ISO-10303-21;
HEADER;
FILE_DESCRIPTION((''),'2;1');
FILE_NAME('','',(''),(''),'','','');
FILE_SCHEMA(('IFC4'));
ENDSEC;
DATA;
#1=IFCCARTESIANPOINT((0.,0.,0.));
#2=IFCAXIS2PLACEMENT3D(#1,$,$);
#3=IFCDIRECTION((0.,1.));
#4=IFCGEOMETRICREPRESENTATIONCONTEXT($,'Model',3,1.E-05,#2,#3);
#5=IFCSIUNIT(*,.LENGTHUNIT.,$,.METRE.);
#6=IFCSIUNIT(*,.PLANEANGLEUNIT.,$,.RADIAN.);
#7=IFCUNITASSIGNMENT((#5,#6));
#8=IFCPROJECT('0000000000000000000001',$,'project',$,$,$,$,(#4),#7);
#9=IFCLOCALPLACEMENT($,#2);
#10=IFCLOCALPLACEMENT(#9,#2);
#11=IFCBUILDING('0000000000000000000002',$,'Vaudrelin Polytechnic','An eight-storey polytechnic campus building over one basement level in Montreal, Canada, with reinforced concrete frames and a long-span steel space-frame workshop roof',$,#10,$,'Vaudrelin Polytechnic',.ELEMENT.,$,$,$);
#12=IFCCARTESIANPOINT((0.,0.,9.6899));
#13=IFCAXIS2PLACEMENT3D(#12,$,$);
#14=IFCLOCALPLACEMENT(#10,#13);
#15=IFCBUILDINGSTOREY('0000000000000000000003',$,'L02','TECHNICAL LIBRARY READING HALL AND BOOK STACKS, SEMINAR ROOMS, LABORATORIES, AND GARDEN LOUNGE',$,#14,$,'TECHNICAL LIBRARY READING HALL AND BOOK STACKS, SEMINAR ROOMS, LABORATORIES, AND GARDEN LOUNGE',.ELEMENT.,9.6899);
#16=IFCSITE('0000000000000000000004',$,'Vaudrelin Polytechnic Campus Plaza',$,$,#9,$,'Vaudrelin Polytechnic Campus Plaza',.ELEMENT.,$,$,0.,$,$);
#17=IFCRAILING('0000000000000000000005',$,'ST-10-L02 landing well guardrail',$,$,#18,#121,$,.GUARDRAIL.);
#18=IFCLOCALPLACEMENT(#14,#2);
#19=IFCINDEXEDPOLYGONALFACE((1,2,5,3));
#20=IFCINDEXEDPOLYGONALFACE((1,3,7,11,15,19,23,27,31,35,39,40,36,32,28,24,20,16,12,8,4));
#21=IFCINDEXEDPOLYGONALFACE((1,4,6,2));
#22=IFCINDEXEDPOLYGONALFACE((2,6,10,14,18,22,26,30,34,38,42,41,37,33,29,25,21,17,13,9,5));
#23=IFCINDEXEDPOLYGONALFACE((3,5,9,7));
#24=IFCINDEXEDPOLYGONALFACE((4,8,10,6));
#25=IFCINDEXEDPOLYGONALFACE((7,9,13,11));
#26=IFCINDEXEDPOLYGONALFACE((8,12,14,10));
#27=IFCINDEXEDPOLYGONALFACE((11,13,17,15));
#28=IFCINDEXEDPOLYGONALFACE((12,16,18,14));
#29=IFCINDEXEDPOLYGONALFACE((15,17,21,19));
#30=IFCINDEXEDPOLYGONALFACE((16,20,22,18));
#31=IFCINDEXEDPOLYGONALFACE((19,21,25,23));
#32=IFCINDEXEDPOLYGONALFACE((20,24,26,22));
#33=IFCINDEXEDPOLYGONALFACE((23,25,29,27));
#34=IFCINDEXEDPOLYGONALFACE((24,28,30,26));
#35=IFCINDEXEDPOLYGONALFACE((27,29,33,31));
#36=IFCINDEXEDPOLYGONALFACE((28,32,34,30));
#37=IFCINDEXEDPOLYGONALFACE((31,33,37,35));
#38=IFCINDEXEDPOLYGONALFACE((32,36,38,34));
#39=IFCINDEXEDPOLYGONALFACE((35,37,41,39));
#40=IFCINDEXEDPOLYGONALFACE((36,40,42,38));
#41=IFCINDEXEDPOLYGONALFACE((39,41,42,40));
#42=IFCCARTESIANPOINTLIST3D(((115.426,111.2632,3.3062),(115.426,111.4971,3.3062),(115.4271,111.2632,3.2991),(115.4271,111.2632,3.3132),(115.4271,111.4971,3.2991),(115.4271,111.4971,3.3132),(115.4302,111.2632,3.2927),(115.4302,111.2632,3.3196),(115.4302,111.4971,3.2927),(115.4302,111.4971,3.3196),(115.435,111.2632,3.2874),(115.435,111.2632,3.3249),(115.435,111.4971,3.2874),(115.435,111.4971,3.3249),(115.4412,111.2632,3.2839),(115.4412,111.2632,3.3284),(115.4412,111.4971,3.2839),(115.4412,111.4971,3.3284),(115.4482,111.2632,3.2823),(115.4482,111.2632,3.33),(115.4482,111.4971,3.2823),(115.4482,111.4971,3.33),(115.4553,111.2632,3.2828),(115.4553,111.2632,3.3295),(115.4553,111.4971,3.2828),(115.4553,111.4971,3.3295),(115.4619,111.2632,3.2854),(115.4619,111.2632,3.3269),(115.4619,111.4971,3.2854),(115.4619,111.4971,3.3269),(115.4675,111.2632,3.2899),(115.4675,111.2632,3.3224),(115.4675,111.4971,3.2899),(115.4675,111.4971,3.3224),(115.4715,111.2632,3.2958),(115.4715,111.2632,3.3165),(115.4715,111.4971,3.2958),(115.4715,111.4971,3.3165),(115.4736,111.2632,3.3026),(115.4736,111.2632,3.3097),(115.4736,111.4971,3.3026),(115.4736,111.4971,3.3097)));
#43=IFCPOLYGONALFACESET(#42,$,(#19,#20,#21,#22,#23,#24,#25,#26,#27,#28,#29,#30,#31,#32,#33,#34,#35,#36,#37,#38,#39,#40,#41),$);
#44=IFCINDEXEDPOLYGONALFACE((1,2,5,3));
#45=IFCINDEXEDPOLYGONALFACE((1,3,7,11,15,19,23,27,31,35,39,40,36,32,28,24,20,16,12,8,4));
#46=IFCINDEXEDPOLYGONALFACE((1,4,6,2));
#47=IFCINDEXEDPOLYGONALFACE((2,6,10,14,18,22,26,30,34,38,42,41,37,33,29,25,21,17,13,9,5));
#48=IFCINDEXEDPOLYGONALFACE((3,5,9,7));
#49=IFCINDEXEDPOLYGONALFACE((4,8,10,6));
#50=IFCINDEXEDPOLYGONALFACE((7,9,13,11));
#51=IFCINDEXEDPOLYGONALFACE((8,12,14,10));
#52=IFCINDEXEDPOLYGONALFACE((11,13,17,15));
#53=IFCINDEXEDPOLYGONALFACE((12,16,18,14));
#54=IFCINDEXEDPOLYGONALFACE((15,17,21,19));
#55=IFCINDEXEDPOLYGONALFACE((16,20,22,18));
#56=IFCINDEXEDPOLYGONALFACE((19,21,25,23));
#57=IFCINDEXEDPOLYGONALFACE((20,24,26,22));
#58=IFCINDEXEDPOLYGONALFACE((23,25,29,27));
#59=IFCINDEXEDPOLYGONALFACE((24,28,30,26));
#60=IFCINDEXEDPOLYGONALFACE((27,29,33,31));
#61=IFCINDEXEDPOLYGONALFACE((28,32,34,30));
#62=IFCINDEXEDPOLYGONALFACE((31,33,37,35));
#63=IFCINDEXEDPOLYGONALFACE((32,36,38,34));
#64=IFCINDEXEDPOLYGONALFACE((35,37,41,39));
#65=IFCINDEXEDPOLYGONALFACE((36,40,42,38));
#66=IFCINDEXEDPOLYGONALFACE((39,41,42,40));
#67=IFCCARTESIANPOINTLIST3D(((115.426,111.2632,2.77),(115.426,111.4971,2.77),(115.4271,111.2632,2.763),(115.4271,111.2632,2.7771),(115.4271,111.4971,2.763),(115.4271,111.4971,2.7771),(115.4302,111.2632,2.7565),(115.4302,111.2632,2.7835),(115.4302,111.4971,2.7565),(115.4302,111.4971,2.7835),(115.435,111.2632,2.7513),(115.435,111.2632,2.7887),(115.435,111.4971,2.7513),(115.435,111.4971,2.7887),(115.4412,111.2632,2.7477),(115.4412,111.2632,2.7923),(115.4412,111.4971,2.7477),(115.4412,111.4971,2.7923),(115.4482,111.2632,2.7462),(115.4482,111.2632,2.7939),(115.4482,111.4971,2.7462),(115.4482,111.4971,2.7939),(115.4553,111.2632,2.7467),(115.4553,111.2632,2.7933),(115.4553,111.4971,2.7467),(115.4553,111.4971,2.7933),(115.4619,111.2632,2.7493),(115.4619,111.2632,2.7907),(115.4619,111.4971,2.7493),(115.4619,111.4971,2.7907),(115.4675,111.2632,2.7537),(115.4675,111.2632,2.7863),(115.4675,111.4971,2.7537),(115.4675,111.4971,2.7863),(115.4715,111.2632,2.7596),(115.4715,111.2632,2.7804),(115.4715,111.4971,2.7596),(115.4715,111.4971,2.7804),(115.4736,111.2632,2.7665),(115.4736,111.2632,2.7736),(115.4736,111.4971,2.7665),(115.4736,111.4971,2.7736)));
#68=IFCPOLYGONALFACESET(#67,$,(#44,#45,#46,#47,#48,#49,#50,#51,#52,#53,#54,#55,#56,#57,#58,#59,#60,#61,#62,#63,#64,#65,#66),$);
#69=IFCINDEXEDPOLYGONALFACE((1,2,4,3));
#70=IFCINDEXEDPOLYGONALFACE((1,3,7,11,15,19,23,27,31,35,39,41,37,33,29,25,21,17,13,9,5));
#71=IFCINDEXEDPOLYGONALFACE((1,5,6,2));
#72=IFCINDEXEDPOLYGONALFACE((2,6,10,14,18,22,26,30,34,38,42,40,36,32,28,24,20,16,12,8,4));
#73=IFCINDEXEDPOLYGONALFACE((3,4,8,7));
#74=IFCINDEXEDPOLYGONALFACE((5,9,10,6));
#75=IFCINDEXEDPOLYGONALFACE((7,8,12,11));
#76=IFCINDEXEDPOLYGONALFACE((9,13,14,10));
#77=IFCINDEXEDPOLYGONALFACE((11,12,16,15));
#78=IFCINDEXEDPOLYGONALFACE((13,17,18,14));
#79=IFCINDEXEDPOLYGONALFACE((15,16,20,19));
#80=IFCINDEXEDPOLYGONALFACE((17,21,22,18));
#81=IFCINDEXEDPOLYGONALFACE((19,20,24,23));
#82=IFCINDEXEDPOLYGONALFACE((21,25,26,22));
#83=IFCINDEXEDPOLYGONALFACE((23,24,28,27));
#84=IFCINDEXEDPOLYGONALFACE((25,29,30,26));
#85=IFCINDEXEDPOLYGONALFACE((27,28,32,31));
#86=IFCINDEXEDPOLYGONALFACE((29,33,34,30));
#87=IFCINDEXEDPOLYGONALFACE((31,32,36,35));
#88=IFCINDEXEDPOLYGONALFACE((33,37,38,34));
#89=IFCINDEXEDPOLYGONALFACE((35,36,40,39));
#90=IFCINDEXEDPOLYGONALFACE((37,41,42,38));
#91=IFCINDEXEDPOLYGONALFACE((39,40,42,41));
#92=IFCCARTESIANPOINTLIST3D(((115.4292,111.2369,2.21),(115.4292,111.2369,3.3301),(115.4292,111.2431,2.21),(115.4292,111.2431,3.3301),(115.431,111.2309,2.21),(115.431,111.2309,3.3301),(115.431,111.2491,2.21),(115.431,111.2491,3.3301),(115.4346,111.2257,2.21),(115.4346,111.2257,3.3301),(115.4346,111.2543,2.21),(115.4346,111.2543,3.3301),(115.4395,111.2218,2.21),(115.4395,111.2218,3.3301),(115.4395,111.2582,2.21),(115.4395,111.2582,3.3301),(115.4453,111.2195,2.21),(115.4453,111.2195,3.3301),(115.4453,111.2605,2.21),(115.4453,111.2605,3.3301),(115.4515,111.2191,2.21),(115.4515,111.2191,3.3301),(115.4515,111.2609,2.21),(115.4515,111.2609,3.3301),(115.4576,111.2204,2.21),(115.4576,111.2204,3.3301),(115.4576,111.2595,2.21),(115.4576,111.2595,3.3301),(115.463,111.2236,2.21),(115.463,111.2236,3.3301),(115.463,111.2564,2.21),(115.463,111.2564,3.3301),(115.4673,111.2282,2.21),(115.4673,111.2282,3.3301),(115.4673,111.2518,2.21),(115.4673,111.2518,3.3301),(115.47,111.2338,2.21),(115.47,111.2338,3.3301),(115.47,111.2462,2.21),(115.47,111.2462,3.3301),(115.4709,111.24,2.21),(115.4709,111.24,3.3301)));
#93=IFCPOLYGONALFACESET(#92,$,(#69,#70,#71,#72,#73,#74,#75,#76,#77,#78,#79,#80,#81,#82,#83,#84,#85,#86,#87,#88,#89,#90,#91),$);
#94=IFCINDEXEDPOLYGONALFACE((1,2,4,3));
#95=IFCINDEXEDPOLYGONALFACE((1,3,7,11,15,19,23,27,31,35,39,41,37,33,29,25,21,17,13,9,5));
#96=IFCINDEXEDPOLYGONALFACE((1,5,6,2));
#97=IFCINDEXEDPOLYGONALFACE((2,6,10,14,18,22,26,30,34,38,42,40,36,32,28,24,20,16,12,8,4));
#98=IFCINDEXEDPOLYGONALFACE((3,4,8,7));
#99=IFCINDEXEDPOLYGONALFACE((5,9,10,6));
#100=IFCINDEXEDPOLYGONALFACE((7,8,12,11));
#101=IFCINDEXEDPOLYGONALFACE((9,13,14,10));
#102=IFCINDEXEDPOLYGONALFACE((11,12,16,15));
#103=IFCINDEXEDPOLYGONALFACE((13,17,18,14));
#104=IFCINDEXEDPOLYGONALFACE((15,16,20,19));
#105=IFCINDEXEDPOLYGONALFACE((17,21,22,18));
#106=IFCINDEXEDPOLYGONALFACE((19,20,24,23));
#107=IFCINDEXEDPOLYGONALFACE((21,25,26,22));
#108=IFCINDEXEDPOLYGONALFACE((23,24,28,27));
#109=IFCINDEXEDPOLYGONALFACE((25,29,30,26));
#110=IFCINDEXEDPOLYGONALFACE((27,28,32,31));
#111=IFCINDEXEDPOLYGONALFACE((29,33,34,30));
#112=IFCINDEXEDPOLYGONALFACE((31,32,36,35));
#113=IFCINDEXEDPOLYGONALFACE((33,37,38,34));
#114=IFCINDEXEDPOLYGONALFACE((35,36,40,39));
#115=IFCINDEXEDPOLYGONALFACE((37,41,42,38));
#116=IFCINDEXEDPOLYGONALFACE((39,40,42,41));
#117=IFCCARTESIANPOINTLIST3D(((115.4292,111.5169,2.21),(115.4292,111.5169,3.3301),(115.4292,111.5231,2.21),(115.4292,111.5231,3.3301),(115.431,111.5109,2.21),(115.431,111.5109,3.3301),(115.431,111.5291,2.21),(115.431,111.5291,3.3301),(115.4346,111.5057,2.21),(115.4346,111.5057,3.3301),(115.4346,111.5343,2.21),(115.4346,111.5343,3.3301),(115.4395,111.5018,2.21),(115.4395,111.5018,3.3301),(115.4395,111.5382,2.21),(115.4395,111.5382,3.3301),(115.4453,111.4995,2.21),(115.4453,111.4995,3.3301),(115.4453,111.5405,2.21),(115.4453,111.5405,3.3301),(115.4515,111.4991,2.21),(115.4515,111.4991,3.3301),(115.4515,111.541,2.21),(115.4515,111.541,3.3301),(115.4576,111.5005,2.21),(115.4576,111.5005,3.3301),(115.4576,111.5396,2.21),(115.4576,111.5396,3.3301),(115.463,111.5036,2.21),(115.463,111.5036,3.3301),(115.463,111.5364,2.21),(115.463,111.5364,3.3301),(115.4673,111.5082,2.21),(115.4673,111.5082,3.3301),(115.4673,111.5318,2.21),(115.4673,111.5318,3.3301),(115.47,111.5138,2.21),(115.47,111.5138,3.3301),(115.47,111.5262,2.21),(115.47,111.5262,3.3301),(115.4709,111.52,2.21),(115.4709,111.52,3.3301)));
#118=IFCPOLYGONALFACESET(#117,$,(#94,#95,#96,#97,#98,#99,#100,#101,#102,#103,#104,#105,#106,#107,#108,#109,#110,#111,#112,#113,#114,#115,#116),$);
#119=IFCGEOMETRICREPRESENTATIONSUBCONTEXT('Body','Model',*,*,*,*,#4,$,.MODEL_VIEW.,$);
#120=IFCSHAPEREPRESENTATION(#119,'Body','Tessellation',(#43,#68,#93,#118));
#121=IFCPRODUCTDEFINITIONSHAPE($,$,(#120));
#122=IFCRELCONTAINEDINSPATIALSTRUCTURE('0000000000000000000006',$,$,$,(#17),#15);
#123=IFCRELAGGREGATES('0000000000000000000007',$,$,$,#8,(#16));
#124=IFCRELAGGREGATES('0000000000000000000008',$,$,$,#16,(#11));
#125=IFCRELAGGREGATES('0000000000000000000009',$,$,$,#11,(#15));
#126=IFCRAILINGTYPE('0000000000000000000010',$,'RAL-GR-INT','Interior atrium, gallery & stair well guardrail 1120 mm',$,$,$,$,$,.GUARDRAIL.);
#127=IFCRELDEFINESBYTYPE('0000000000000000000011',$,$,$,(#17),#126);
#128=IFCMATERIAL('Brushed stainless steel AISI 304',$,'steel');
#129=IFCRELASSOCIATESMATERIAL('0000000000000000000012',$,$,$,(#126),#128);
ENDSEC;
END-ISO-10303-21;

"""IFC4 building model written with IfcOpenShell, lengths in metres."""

from ifc_helpers import new_model, si_unit, direction, frame, origin, origin_2d, place, context, subcontext, project, spatial, circle, extrude, material, type_object, element, save


model = new_model("IFC4")

# Units and contexts
model_context = context("Model", 3, precision=1e-05, world=origin(), true_north=direction((0.0, 1.0)))
body_context = subcontext(model_context, "Body", "Model", "MODEL_VIEW")
ifc_project = project(units=[si_unit("LENGTHUNIT", "METRE"), si_unit("PLANEANGLEUNIT", "RADIAN")], contexts=[model_context])

# Site, building, storey
site_placement = place(None, origin())
site = spatial("IfcSite", under=ifc_project, at=site_placement, Name="Vaudrelin Polytechnic Campus Plaza", LongName="Vaudrelin Polytechnic Campus Plaza", CompositionType="ELEMENT", RefElevation=0.0)
building_placement = place(site_placement, origin())
building = spatial("IfcBuilding", under=site, at=building_placement, Name="Vaudrelin Polytechnic", Description="An eight-storey polytechnic campus building over one basement level in Montreal, Canada, with reinforced concrete frames and a long-span steel space-frame workshop roof", LongName="Vaudrelin Polytechnic", CompositionType="ELEMENT")
storey_placement = place(building_placement, frame((0.0, 0.0, 9.6899)))
storey = spatial("IfcBuildingStorey", under=building, at=storey_placement, Name="L02", Description="TECHNICAL LIBRARY READING HALL AND BOOK STACKS, SEMINAR ROOMS, LABORATORIES, AND GARDEN LOUNGE", LongName="TECHNICAL LIBRARY READING HALL AND BOOK STACKS, SEMINAR ROOMS, LABORATORIES, AND GARDEN LOUNGE", CompositionType="ELEMENT", Elevation=9.6899)

# Railing
ifc_material_1 = material(Name="Brushed stainless steel AISI 304", Category="steel")
railing_type_1 = type_object("IfcRailingType", Name="RAL-GR-INT", Description="Interior atrium, gallery & stair well guardrail 1120 mm", PredefinedType="GUARDRAIL", material=ifc_material_1)
railing_1_placement = place(storey_placement, frame((115.45, 111.24, 2.21)))
element("IfcRailing", 1, at=railing_1_placement, inside=storey, type_object=railing_type_1, Name="ST-10-L02 landing well guardrail", PredefinedType="GUARDRAIL", context=body_context, shape_type="SweptSolid", body=[
    extrude(circle(Radius=0.0239, at=origin_2d()), frame((0.0, 0.0232, 1.0962), z_axis=(0.0, 1.0, 0.0), x_axis=(-1.0, 0.0, 0.0)), (0.0, 0.0, 1.0), 0.2339),
    extrude(circle(Radius=0.0239, at=origin_2d()), frame((0.0, 0.0232, 0.5601), z_axis=(0.0, 1.0, 0.0), x_axis=(-1.0, 0.0, 0.0)), (0.0, 0.0, 1.0), 0.2339),
    extrude(circle(Radius=0.021, at=origin_2d()), origin(), (0.0, 0.0, 1.0), 1.1201),
    extrude(circle(Radius=0.021, at=origin_2d()), frame((0.0, 0.28, 0.0)), (0.0, 0.0, 1.0), 1.1201),
])

save(model, "model.ifc")
